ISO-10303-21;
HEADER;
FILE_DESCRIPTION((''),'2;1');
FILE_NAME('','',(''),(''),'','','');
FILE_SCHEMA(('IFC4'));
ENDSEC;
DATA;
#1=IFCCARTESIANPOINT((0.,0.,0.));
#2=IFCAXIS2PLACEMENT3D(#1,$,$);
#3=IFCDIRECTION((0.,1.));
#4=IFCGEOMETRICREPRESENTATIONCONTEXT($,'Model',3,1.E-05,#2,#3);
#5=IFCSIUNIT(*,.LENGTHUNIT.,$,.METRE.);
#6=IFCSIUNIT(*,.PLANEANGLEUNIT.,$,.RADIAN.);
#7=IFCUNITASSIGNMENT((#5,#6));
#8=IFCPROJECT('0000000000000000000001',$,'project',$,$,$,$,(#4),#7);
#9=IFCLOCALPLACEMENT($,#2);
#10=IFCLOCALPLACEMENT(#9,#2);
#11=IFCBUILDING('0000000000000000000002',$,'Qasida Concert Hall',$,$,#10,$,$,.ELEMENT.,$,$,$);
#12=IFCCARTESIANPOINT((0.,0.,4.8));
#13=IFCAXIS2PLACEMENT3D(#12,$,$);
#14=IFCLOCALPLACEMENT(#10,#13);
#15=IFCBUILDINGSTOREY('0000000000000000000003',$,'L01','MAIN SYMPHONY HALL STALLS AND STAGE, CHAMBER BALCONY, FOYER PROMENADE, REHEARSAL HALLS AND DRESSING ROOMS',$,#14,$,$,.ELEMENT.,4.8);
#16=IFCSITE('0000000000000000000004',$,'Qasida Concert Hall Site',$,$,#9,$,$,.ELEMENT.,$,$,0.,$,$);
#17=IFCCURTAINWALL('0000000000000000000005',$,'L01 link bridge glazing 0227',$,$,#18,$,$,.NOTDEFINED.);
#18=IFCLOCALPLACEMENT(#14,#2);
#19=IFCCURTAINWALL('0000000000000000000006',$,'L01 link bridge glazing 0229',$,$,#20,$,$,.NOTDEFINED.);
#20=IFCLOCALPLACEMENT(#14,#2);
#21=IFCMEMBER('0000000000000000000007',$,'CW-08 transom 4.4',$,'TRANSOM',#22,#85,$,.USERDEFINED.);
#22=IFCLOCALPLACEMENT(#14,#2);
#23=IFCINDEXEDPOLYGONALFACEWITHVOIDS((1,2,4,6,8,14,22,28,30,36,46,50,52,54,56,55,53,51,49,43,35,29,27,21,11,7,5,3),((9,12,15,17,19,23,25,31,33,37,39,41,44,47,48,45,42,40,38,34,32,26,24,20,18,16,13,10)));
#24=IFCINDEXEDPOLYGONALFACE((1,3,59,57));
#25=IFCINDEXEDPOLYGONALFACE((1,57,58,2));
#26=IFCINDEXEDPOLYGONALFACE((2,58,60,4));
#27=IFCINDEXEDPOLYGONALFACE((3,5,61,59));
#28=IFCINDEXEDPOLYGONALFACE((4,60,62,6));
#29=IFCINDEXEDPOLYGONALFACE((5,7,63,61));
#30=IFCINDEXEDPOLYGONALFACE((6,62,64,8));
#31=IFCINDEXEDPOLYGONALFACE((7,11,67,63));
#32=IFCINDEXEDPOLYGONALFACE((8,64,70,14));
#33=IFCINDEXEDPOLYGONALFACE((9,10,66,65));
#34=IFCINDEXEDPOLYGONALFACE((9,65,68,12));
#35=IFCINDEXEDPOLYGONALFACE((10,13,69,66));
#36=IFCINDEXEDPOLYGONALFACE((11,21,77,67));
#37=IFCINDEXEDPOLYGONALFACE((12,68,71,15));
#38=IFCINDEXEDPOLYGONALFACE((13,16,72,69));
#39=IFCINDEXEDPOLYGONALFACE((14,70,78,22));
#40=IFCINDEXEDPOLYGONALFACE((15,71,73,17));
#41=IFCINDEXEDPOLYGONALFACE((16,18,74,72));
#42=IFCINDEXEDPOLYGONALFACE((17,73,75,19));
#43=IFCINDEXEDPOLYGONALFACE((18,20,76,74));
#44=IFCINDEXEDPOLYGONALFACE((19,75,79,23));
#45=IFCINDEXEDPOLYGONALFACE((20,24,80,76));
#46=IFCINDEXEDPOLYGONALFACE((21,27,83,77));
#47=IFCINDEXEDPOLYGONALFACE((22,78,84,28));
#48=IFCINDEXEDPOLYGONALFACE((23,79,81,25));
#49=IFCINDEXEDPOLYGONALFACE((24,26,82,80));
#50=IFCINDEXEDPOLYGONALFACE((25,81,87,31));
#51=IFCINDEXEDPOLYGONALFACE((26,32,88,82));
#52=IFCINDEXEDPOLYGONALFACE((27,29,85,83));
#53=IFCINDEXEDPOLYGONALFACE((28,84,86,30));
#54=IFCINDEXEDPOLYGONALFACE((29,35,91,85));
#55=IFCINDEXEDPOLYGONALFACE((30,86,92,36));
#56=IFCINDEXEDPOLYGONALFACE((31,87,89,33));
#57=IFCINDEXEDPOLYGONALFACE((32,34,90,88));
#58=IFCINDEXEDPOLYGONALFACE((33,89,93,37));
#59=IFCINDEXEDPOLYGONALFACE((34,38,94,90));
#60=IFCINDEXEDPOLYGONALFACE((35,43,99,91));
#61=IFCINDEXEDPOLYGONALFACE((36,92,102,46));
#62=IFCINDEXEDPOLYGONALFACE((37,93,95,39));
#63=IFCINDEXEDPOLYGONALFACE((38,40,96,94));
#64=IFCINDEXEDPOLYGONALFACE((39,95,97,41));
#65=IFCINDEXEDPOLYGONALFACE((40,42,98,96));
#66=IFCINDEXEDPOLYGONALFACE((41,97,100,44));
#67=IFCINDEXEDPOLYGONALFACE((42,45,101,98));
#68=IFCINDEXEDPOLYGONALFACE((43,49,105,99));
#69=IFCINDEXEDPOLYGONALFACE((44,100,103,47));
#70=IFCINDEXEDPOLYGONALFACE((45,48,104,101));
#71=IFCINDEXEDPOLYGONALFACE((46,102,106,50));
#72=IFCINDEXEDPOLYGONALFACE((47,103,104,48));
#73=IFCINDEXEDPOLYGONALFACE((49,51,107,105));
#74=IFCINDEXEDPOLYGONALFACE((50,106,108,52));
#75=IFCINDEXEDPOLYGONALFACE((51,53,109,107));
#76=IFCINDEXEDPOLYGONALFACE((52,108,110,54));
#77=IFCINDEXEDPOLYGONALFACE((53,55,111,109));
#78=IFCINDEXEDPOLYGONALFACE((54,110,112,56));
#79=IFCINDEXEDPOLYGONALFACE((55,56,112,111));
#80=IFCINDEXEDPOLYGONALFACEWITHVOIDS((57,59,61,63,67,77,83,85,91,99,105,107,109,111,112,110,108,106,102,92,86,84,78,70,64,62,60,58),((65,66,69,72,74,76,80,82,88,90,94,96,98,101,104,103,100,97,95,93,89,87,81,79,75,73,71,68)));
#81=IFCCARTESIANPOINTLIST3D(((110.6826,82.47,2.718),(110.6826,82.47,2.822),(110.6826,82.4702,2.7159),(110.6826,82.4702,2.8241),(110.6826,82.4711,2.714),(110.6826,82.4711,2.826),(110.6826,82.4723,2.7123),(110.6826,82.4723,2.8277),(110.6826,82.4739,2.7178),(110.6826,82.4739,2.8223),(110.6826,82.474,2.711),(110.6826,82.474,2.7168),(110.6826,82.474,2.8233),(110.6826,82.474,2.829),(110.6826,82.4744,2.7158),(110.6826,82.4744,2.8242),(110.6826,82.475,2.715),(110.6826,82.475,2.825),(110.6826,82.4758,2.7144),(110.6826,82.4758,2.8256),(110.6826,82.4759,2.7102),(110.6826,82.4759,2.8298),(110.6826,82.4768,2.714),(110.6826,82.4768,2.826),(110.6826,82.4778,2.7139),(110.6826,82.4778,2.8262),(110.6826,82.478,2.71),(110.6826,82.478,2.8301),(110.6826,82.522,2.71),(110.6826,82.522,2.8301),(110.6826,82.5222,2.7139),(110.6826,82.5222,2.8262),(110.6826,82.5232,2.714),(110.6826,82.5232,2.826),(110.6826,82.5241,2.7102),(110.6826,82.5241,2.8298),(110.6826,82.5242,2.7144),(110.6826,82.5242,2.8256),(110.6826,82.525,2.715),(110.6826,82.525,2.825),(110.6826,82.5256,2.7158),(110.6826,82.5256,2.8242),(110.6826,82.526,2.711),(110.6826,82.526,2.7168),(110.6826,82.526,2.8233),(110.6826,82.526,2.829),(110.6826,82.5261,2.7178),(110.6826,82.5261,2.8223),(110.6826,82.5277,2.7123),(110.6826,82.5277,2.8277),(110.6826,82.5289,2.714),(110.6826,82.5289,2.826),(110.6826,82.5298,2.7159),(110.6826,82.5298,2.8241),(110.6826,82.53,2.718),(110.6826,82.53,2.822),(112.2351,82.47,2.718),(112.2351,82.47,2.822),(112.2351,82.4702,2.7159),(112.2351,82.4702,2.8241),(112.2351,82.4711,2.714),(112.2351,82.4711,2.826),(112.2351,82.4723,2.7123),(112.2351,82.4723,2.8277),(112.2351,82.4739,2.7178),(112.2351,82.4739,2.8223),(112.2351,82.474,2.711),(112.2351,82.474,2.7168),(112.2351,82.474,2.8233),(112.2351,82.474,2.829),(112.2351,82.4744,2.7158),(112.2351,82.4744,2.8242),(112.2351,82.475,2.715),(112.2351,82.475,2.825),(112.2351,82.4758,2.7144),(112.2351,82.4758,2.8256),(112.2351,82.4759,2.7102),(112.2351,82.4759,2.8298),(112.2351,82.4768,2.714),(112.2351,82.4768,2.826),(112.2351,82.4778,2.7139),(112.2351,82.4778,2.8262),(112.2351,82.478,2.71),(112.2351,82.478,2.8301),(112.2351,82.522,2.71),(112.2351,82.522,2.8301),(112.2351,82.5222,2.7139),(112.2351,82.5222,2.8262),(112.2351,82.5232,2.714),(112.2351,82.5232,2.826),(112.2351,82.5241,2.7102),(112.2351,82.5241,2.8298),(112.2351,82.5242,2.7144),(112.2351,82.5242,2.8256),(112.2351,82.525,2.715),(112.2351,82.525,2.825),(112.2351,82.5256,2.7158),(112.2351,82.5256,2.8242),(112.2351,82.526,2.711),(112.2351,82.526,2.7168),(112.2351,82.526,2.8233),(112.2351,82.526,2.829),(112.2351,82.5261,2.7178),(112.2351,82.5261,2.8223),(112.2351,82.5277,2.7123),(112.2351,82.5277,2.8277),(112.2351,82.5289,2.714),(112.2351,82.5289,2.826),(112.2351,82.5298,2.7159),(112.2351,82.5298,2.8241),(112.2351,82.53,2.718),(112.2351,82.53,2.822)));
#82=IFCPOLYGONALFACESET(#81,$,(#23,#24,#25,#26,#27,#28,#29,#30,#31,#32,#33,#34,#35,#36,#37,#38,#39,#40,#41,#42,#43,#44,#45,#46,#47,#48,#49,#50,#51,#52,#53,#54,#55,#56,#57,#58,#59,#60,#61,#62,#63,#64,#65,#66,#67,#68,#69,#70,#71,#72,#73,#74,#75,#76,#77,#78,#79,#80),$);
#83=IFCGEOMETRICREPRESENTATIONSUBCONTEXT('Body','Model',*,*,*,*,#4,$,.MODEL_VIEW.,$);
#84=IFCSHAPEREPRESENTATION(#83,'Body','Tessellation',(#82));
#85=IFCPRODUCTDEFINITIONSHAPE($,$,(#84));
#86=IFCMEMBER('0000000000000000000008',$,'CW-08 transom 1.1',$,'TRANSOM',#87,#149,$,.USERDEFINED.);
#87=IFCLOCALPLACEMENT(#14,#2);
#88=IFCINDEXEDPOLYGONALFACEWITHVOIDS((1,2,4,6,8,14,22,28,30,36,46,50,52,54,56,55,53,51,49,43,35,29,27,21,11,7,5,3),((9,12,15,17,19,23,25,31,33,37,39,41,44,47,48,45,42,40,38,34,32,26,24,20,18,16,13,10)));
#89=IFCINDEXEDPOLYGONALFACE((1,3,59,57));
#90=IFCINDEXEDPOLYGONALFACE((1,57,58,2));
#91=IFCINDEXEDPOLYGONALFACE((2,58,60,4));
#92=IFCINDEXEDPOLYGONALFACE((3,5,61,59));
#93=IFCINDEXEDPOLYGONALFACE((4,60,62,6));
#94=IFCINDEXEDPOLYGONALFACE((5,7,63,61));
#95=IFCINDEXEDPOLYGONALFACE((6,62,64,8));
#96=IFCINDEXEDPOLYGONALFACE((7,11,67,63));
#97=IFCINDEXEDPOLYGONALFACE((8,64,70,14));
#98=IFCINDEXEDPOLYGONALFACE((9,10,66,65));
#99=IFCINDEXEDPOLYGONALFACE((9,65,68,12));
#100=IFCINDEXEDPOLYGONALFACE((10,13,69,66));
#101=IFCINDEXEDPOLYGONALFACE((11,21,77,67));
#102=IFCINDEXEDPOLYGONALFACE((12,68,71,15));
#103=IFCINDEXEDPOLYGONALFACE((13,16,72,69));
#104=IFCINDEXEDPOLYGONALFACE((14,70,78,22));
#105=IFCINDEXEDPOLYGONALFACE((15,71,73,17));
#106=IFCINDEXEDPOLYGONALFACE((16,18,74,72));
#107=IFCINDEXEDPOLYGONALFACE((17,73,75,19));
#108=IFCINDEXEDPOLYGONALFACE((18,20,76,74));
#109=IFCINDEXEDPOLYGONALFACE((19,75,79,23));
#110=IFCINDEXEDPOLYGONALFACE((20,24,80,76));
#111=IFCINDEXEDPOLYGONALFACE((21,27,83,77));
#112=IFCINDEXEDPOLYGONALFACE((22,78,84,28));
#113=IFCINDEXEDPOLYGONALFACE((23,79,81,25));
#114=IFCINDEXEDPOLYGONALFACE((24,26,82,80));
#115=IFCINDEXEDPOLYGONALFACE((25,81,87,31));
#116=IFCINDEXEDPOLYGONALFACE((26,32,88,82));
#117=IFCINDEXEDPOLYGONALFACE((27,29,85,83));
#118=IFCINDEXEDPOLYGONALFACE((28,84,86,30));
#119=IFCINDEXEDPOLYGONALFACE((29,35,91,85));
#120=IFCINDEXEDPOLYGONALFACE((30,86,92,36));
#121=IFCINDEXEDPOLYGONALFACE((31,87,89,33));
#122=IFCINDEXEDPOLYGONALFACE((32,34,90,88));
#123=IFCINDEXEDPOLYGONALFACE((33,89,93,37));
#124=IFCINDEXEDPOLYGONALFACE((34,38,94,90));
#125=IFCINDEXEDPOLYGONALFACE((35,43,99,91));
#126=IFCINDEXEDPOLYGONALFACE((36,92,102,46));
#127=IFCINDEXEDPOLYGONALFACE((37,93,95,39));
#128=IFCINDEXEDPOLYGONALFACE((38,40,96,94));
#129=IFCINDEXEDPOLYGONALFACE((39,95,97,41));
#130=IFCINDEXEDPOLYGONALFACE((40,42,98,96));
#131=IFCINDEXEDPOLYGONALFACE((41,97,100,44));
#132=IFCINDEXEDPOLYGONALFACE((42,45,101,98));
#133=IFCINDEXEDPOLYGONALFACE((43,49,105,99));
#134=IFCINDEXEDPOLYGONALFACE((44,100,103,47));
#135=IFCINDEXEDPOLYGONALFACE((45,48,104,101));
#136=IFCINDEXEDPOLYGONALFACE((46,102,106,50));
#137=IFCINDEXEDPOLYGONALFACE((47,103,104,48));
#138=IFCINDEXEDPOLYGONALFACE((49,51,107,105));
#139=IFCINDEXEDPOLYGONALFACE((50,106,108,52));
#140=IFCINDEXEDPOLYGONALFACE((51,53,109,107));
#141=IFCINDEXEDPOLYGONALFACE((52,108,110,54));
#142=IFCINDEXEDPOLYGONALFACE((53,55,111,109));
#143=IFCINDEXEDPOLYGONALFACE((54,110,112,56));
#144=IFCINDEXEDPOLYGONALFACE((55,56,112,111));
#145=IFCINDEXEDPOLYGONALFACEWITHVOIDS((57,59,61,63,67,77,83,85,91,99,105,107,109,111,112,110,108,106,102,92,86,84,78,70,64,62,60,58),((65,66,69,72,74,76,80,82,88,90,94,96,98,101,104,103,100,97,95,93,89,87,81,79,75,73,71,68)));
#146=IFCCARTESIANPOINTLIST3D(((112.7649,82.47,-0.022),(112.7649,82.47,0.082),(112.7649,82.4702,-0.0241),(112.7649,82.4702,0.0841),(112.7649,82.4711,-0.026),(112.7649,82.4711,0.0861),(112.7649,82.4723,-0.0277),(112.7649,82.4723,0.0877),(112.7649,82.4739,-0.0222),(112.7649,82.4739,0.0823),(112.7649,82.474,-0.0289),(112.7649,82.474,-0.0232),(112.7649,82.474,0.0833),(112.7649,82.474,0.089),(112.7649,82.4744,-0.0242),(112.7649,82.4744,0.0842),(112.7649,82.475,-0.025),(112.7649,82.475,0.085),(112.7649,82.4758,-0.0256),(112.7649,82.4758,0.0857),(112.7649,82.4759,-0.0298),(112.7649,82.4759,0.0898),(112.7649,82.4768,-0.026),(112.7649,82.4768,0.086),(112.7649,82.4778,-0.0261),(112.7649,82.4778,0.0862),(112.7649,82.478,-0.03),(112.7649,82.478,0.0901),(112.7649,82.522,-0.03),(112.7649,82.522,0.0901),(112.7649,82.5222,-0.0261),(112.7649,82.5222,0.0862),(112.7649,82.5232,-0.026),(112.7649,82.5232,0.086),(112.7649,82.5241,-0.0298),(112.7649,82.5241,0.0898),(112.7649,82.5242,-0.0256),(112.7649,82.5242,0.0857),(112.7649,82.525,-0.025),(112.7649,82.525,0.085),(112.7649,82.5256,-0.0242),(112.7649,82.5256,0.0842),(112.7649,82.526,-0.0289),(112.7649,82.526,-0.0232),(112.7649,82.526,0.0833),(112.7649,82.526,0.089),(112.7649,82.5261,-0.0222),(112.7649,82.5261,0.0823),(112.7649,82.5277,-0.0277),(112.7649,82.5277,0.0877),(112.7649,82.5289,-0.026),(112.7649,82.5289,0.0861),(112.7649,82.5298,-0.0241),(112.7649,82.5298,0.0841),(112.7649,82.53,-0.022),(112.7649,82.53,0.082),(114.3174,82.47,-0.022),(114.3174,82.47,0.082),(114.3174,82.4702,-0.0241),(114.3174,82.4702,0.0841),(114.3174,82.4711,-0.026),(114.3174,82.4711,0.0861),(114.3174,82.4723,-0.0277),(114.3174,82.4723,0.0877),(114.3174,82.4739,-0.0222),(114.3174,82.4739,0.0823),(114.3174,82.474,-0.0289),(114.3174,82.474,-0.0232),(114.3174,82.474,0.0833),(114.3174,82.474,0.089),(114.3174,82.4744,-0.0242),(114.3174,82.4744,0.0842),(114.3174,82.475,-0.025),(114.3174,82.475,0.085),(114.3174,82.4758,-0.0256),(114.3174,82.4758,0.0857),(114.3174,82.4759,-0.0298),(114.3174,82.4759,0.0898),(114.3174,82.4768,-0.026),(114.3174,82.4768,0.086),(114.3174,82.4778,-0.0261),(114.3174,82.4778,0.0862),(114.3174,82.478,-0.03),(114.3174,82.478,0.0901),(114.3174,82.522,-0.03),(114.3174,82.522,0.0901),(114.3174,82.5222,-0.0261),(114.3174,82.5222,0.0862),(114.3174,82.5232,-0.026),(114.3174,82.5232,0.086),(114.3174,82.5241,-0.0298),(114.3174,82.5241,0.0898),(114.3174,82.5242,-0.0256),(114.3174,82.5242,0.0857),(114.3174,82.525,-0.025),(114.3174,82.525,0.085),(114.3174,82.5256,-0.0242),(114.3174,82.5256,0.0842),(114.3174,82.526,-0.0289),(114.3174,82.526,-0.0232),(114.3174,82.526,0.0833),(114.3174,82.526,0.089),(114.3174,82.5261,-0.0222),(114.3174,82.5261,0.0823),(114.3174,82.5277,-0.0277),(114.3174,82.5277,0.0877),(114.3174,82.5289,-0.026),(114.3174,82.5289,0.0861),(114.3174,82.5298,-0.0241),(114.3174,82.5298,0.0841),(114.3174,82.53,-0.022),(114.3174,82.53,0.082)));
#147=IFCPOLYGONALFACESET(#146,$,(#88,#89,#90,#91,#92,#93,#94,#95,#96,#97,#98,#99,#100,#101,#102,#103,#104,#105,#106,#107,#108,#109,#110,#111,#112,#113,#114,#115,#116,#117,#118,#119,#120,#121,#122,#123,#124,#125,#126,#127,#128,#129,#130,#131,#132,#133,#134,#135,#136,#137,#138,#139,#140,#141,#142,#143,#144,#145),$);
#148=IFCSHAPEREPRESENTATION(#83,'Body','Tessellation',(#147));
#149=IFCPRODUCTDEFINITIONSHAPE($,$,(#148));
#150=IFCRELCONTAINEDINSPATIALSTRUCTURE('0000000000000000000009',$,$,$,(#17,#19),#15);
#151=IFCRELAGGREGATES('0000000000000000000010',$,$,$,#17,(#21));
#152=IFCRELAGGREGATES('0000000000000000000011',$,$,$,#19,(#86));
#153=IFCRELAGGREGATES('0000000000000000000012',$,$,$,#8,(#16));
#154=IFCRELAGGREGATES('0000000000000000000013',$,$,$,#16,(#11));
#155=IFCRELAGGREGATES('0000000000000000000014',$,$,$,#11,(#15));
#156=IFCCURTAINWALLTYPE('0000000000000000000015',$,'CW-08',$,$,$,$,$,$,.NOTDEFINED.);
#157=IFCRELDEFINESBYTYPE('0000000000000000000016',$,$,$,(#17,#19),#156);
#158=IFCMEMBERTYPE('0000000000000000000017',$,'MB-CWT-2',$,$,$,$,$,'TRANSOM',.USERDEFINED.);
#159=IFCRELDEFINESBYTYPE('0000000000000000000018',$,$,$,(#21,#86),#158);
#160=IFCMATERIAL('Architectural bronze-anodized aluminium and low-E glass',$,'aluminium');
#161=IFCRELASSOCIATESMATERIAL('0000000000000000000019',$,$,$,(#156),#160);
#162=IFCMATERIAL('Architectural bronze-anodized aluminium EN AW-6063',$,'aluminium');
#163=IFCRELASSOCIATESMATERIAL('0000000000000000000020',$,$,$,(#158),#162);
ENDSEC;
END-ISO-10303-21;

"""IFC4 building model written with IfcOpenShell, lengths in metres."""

from ifc_helpers import new_model, si_unit, direction, frame, origin, origin_2d, place, context, subcontext, project, spatial, hollow_rectangle, extrude, material, material_profile, profile_set, type_object, element, aggregate, save


model = new_model("IFC4")

# Units and contexts
model_context = context("Model", 3, precision=1e-05, world=origin(), true_north=direction((0.0, 1.0)))
body_context = subcontext(model_context, "Body", "Model", "MODEL_VIEW")
ifc_project = project(units=[si_unit("LENGTHUNIT", "METRE"), si_unit("PLANEANGLEUNIT", "RADIAN")], contexts=[model_context])

# Site, building, storey
site_placement = place(None, origin())
site = spatial("IfcSite", under=ifc_project, at=site_placement, Name="Qasida Concert Hall Site", CompositionType="ELEMENT", RefElevation=0.0)
building_placement = place(site_placement, origin())
building = spatial("IfcBuilding", under=site, at=building_placement, Name="Qasida Concert Hall", CompositionType="ELEMENT")
storey_placement = place(building_placement, frame((0.0, 0.0, 4.8)))
storey = spatial("IfcBuildingStorey", under=building, at=storey_placement, Name="L01", Description="MAIN SYMPHONY HALL STALLS AND STAGE, CHAMBER BALCONY, FOYER PROMENADE, REHEARSAL HALLS AND DRESSING ROOMS", CompositionType="ELEMENT", Elevation=4.8)

# Curtain walls
ifc_material_1 = material(Name="Architectural bronze-anodized aluminium and low-E glass", Category="aluminium")
curtain_wall_type = type_object("IfcCurtainWallType", Name="CW-08", PredefinedType="NOTDEFINED", material=ifc_material_1)
curtain_wall_1_placement = place(storey_placement, origin())
curtain_wall_1 = element("IfcCurtainWall", 1, at=curtain_wall_1_placement, inside=storey, type_object=curtain_wall_type, Name="L01 link bridge glazing 0227", PredefinedType="NOTDEFINED")
ifc_material_2 = material(Name="Architectural bronze-anodized aluminium EN AW-6063", Category="aluminium")
curtain_wall_2_placement = place(storey_placement, origin())
curtain_wall_2 = element("IfcCurtainWall", 2, at=curtain_wall_2_placement, inside=storey, type_object=curtain_wall_type, Name="L01 link bridge glazing 0229", PredefinedType="NOTDEFINED")

# Members
ifc_material_profile_1 = material_profile(ifc_material_2, hollow_rectangle(XDim=0.0601, YDim=0.1201, WallThickness=0.0039, InnerFilletRadius=0.0039, OuterFilletRadius=0.0081, at=origin_2d()), Name="CWT 120x60x4")
ifc_profile_set_1 = profile_set([ifc_material_profile_1], Name="Architectural bronze-anodized aluminium EN AW-6063")
member_type_1 = type_object("IfcMemberType", Name="MB-CWT-2", ElementType="TRANSOM", PredefinedType="USERDEFINED", material=ifc_profile_set_1)
member_1_placement = place(storey_placement, frame((110.6826, 82.5, 2.77), z_axis=(1.0, 0.0, 0.0), x_axis=(0.0, 1.0, 0.0)))
member_1 = element("IfcMember", 3, at=member_1_placement, type_object=member_type_1, Name="CW-08 transom 4.4", ObjectType="TRANSOM", PredefinedType="USERDEFINED", context=body_context, shape_type="SweptSolid", body=[
    extrude(hollow_rectangle(XDim=0.0601, YDim=0.1201, WallThickness=0.0039, InnerFilletRadius=0.0039, OuterFilletRadius=0.0081, at=origin_2d()), origin(), (0.0, 0.0, 1.0), 1.5525),
])
member_2_placement = place(storey_placement, frame((112.7649, 82.5, 0.03), z_axis=(1.0, 0.0, 0.0), x_axis=(0.0, 1.0, 0.0)))
member_2 = element("IfcMember", 4, at=member_2_placement, type_object=member_type_1, Name="CW-08 transom 1.1", ObjectType="TRANSOM", PredefinedType="USERDEFINED", context=body_context, shape_type="SweptSolid", body=[
    extrude(hollow_rectangle(XDim=0.0601, YDim=0.1201, WallThickness=0.0039, InnerFilletRadius=0.0039, OuterFilletRadius=0.0081, at=origin_2d()), origin(), (0.0, 0.0, 1.0), 1.5525),
])

aggregate(curtain_wall_1, [member_1])
aggregate(curtain_wall_2, [member_2])

save(model, "model.ifc")
